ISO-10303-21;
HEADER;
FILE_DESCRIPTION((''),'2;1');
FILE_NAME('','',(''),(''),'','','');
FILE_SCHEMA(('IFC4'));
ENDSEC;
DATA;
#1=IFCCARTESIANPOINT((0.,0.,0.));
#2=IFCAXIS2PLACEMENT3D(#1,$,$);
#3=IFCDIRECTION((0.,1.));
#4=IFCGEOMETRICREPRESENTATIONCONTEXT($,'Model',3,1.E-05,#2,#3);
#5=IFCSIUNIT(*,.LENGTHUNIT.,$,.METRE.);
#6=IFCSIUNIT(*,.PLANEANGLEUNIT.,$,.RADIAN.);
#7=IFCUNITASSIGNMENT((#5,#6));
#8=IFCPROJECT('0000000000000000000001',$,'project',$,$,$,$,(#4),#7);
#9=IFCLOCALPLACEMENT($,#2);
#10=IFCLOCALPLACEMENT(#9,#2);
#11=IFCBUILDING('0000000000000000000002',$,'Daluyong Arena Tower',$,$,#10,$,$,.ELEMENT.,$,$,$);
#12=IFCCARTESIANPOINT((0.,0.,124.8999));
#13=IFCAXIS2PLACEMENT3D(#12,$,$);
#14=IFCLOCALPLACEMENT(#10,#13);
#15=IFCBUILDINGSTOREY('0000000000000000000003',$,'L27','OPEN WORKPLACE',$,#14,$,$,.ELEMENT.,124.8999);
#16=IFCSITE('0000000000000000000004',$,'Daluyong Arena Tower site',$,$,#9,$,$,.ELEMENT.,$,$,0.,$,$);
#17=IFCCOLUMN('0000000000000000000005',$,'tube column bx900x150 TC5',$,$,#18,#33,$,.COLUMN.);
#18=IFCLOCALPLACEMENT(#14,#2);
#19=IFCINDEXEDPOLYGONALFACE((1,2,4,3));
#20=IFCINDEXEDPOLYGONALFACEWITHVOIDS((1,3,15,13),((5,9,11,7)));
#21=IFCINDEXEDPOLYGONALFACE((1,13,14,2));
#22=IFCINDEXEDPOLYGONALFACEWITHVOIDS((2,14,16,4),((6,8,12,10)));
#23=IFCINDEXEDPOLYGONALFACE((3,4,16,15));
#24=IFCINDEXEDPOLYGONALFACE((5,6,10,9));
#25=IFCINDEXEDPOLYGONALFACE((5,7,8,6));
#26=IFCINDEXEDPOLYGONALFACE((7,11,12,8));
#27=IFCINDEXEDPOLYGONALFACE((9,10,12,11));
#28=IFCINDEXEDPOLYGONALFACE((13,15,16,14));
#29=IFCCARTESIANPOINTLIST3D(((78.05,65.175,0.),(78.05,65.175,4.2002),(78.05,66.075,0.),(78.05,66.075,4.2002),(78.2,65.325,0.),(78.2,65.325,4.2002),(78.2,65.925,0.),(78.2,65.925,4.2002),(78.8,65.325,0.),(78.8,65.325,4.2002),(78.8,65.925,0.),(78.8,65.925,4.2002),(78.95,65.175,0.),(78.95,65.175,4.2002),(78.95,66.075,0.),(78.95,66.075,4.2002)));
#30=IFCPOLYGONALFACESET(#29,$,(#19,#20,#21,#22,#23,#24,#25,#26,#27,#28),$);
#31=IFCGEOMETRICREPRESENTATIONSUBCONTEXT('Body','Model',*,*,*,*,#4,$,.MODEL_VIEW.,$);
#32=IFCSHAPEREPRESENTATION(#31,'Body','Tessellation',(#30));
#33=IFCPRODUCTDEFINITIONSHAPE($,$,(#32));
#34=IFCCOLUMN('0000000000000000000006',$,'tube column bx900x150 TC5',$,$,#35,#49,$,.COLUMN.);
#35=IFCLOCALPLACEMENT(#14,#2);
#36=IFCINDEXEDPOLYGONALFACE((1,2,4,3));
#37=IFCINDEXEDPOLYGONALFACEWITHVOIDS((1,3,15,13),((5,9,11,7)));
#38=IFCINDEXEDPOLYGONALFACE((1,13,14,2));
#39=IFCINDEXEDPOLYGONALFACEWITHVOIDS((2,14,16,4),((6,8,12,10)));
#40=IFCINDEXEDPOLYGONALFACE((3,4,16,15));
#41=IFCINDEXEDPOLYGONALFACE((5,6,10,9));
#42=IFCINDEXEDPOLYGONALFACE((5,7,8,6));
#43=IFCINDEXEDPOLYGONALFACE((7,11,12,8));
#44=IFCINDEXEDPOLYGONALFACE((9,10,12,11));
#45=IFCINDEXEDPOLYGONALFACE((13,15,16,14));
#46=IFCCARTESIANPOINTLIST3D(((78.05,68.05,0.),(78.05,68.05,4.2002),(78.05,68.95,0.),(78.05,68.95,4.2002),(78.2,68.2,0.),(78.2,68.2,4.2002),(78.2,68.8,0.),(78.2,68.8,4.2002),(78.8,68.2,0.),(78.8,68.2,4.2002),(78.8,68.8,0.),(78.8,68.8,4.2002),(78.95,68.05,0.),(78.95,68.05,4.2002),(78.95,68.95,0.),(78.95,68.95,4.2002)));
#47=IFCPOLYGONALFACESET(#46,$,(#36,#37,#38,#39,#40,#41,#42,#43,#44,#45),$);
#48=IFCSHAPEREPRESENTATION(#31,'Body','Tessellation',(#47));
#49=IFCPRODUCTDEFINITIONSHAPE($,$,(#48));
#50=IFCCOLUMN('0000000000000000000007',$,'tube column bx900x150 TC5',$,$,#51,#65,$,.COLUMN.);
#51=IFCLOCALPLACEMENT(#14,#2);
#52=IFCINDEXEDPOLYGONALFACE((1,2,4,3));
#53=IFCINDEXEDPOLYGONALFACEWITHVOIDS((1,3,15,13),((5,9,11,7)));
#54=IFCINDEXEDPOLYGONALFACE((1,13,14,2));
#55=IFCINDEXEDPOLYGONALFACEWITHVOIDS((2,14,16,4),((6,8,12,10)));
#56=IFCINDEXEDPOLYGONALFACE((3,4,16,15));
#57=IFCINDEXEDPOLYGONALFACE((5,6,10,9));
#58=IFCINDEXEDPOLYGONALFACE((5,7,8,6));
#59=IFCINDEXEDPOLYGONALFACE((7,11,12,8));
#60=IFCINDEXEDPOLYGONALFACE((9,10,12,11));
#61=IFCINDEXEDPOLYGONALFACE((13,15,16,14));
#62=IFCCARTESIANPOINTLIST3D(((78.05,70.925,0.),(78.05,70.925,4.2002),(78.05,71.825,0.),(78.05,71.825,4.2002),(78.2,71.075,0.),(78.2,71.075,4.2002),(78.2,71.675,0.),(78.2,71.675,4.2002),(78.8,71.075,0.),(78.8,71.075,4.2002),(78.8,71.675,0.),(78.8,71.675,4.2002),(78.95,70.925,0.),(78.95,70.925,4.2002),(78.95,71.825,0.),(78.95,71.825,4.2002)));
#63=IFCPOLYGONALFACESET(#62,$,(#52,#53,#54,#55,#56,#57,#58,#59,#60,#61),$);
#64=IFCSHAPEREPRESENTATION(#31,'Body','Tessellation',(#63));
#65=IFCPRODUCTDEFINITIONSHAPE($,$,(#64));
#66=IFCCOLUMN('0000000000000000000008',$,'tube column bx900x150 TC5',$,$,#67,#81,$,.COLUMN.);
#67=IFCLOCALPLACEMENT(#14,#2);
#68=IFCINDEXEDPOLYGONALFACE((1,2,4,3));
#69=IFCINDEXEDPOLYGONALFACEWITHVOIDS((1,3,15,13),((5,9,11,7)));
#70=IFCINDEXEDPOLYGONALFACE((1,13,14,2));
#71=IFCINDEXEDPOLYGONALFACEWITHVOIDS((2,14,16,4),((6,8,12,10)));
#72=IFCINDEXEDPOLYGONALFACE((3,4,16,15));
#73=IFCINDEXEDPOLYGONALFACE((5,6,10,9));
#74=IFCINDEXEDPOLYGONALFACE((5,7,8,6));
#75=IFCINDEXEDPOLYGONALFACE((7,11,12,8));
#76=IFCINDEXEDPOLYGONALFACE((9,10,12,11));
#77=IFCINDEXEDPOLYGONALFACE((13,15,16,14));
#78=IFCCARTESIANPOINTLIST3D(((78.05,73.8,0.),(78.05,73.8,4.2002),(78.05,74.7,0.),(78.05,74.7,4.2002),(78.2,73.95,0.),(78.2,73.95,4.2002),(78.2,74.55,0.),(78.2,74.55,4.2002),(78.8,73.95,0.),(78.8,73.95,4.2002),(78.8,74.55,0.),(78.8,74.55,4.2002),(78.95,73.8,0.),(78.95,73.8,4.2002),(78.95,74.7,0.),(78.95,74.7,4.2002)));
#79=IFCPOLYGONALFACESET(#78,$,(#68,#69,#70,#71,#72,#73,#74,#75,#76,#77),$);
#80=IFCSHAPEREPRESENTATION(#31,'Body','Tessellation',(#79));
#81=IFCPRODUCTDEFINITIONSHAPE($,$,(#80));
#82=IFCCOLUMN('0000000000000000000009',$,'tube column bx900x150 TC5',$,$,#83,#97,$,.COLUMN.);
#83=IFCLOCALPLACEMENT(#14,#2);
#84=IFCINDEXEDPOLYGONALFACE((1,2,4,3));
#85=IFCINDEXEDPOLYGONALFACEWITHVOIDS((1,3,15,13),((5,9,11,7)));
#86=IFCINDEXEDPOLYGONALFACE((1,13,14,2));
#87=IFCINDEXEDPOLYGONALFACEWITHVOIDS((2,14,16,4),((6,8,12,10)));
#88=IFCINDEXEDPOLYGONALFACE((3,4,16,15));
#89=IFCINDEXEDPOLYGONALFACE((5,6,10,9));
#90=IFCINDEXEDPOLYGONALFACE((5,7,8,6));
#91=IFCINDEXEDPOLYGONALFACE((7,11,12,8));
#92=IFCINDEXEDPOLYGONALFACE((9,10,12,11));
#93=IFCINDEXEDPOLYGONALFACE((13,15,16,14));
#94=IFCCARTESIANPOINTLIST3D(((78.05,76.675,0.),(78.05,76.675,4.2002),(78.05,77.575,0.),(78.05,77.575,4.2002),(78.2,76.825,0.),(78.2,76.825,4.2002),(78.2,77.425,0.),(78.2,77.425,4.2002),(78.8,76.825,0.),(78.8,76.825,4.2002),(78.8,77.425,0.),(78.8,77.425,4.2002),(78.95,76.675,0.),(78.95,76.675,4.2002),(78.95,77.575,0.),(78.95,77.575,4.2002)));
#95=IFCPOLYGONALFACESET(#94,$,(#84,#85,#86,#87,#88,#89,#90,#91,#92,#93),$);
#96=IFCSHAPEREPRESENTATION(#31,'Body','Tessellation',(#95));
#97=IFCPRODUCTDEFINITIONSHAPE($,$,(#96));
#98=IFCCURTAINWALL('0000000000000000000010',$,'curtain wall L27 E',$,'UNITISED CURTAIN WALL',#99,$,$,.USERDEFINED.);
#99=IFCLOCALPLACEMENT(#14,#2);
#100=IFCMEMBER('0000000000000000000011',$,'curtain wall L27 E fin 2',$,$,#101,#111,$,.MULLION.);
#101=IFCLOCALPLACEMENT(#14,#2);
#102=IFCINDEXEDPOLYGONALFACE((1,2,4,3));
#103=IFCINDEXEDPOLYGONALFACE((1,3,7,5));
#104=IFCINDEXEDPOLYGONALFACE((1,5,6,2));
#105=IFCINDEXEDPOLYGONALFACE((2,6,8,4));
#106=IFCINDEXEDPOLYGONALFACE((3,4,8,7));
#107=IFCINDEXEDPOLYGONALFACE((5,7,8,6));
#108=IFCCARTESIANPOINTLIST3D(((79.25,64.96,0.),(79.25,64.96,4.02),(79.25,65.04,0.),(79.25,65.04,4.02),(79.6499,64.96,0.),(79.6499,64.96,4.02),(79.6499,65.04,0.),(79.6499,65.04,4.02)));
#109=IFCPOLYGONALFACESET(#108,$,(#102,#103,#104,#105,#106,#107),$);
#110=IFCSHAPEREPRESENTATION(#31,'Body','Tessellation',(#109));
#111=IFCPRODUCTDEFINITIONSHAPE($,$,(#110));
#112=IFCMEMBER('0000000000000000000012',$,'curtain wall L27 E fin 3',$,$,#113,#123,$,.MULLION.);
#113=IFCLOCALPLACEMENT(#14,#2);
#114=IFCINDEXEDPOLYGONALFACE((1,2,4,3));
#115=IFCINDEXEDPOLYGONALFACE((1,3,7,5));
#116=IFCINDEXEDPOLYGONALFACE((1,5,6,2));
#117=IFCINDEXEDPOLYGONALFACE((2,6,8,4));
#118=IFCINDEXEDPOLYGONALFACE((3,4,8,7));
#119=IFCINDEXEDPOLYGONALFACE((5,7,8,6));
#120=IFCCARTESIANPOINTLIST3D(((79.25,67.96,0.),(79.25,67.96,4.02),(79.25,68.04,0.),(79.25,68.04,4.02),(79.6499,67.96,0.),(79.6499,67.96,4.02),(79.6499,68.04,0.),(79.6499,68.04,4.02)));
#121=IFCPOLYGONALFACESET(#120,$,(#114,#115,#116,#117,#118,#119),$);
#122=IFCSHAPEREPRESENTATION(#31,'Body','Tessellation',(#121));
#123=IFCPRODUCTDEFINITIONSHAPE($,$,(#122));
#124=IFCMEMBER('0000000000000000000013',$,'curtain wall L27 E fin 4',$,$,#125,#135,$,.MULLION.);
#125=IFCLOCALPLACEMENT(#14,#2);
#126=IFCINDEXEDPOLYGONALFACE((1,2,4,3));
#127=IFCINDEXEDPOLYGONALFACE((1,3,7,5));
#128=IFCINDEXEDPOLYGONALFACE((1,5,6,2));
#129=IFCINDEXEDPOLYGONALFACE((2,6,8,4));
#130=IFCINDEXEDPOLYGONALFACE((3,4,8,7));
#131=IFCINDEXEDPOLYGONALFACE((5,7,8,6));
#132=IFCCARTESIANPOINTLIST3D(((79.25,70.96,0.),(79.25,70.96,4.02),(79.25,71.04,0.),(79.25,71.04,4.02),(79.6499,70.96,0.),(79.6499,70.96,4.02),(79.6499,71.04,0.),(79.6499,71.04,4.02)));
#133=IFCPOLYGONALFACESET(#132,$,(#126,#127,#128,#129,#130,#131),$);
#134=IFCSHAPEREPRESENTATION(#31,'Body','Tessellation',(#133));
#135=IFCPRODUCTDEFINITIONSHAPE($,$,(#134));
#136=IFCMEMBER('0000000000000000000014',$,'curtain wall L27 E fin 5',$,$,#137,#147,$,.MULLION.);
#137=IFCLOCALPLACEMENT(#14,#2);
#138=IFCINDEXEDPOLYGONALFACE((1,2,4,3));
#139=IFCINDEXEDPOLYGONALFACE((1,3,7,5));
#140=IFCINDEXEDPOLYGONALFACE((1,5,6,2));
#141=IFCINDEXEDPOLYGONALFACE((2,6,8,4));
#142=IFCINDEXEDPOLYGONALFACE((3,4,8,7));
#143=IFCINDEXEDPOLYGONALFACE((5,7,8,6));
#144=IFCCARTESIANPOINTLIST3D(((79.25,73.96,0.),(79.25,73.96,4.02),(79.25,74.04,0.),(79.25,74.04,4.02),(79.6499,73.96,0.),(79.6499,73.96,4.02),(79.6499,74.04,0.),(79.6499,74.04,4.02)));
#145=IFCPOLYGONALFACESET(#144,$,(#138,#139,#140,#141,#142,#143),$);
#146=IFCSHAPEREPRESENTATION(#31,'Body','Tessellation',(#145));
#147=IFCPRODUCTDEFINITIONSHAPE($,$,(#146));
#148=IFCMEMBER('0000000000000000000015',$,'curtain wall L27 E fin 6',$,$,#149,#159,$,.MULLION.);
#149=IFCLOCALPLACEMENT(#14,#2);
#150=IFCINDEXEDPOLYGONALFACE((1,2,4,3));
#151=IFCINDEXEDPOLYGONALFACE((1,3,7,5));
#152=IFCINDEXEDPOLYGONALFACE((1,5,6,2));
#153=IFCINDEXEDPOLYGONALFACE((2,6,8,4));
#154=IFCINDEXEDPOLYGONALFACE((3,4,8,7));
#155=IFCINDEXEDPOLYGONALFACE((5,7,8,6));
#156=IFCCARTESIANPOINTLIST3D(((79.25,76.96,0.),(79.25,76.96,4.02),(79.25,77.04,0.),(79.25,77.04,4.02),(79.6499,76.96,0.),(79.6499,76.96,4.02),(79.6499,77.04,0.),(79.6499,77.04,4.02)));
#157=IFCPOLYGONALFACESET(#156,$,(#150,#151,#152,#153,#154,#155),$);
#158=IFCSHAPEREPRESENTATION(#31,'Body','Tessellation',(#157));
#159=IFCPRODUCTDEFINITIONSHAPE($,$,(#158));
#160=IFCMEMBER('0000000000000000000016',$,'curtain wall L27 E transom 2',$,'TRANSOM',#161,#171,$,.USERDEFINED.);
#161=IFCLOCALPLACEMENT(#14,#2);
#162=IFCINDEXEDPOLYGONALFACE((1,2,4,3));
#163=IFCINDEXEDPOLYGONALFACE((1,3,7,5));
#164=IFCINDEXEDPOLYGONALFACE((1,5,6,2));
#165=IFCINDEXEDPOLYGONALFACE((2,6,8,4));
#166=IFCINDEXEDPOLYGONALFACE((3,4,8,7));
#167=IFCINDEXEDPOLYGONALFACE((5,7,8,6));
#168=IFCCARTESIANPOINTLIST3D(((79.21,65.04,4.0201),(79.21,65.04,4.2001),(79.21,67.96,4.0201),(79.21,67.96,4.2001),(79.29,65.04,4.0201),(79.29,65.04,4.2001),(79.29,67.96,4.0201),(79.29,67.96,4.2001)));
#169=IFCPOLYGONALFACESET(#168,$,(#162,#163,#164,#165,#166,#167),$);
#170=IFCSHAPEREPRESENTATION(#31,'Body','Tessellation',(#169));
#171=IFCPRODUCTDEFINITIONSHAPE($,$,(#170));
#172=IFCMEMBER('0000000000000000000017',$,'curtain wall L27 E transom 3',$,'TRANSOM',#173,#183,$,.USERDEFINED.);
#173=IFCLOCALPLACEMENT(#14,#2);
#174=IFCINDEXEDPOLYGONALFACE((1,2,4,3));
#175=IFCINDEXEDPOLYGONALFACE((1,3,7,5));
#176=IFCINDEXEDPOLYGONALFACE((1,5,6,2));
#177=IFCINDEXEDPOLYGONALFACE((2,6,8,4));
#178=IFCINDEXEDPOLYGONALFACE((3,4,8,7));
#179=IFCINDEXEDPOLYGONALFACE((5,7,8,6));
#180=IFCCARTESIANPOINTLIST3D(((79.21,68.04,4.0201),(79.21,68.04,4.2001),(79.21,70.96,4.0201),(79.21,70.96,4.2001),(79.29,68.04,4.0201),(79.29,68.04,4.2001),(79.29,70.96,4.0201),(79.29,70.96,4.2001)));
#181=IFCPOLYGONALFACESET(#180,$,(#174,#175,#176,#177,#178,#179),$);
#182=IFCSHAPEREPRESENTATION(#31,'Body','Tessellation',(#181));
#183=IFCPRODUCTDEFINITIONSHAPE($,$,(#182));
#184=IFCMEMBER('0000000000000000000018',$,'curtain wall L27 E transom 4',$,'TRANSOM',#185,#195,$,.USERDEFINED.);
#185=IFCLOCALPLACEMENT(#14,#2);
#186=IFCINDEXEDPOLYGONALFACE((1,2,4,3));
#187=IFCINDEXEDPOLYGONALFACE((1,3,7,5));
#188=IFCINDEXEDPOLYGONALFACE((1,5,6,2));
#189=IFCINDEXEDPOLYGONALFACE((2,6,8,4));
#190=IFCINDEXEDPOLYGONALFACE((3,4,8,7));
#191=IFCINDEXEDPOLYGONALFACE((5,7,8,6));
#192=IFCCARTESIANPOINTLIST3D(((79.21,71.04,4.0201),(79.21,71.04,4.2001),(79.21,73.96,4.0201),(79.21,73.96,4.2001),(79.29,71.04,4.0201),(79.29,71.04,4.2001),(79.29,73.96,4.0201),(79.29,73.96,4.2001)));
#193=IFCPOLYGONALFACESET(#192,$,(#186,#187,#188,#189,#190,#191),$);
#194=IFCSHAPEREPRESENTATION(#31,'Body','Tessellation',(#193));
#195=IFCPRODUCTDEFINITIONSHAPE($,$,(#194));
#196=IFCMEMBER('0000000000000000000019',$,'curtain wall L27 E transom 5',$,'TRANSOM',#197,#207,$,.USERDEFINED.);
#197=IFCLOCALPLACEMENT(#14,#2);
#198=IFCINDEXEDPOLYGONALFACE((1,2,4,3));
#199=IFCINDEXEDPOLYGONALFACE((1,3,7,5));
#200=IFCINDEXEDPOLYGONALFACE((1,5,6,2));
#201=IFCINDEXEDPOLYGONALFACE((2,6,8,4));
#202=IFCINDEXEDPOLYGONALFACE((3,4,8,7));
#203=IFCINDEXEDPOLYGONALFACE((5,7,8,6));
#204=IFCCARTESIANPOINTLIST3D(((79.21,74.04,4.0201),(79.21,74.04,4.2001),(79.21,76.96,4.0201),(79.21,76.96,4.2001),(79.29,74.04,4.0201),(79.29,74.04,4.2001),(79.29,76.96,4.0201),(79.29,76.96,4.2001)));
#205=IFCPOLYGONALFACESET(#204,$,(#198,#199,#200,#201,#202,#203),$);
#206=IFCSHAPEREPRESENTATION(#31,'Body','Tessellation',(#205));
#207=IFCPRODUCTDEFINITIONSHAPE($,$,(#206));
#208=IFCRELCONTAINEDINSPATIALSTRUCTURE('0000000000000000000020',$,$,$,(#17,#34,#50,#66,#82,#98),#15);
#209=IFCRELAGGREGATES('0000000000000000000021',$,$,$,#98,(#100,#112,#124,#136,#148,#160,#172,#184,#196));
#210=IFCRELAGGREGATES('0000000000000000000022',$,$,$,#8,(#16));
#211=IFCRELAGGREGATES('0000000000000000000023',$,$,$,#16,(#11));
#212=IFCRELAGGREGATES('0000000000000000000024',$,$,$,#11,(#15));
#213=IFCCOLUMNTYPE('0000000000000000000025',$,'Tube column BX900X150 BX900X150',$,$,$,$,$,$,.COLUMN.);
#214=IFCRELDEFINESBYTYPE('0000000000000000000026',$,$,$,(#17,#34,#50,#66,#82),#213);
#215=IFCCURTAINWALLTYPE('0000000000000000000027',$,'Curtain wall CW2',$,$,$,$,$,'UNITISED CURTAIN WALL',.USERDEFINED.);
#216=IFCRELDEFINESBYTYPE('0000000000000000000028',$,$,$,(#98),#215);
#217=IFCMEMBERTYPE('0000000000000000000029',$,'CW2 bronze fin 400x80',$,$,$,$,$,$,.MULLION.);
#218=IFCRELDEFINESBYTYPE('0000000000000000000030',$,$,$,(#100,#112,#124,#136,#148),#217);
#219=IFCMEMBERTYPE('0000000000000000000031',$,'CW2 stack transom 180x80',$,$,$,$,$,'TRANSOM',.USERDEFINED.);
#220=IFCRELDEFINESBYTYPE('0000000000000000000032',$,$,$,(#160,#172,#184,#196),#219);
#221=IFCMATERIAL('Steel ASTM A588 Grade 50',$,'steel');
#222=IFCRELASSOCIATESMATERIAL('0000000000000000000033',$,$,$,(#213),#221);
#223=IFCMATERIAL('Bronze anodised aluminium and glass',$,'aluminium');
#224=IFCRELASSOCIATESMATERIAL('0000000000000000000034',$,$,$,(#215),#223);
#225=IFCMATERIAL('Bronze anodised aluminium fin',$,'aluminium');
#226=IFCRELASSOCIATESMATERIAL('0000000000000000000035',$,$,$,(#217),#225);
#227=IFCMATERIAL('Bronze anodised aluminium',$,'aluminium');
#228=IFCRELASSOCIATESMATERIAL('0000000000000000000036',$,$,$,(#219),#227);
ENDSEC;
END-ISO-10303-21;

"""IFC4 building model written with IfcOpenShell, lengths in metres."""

from ifc_helpers import new_model, si_unit, direction, frame, origin, origin_2d, place, context, subcontext, project, spatial, rectangle, hollow_rectangle, extrude, material, material_profile, profile_set, type_object, element, aggregate, save


model = new_model("IFC4")

# Units and contexts
model_context = context("Model", 3, precision=1e-05, world=origin(), true_north=direction((0.0, 1.0)))
body_context = subcontext(model_context, "Body", "Model", "MODEL_VIEW")
ifc_project = project(units=[si_unit("LENGTHUNIT", "METRE"), si_unit("PLANEANGLEUNIT", "RADIAN")], contexts=[model_context])

# Site, building, storey
site_placement = place(None, origin())
site = spatial("IfcSite", under=ifc_project, at=site_placement, Name="Daluyong Arena Tower site", CompositionType="ELEMENT", RefElevation=0.0)
building_placement = place(site_placement, origin())
building = spatial("IfcBuilding", under=site, at=building_placement, Name="Daluyong Arena Tower", CompositionType="ELEMENT")
storey_placement = place(building_placement, frame((0.0, 0.0, 124.8999)))
storey = spatial("IfcBuildingStorey", under=building, at=storey_placement, Name="L27", Description="OPEN WORKPLACE", CompositionType="ELEMENT", Elevation=124.8999)

# Columns
ifc_material_1 = material(Name="Steel ASTM A588 Grade 50", Category="steel")
ifc_material_profile_1 = material_profile(ifc_material_1, hollow_rectangle(XDim=0.8999, YDim=0.8999, WallThickness=0.15, at=origin_2d()))
ifc_profile_set_1 = profile_set([ifc_material_profile_1], Name="Steel ASTM A588 Grade 50")
column_type = type_object("IfcColumnType", Name="Tube column BX900X150 BX900X150", PredefinedType="COLUMN", material=ifc_profile_set_1)
for number, where, z_axis, x_axis, name in (
    (1, (78.5, 65.625, 0.0), (0.0, 0.0, 1.0), (0.0, 1.0, 0.0), "tube column bx900x150 TC5"),
    (2, (78.5, 68.5, 0.0), (0.0, 0.0, 1.0), (0.0, 1.0, 0.0), "tube column bx900x150 TC5"),
    (3, (78.5, 71.375, 0.0), (0.0, 0.0, 1.0), (0.0, 1.0, 0.0), "tube column bx900x150 TC5"),
    (4, (78.5, 74.25, 0.0), (0.0, 0.0, 1.0), (0.0, 1.0, 0.0), "tube column bx900x150 TC5"),
    (5, (78.5, 77.125, 0.0), (0.0, 0.0, 1.0), (0.0, 1.0, 0.0), "tube column bx900x150 TC5"),
):
    element("IfcColumn", number, at=place(storey_placement, frame(where, z_axis=z_axis, x_axis=x_axis)), inside=storey, type_object=column_type, Name=name, PredefinedType="COLUMN", context=body_context, shape_type="SweptSolid", body=[
        extrude(hollow_rectangle(XDim=0.8999, YDim=0.8999, WallThickness=0.15, at=origin_2d()), origin(), (0.0, 0.0, 1.0), 4.2002),
    ])

# Curtain wall, members
ifc_material_2 = material(Name="Bronze anodised aluminium and glass", Category="aluminium")
curtain_wall_type = type_object("IfcCurtainWallType", Name="Curtain wall CW2", ElementType="UNITISED CURTAIN WALL", PredefinedType="USERDEFINED", material=ifc_material_2)
curtain_wall_placement = place(storey_placement, origin())
curtain_wall = element("IfcCurtainWall", 6, at=curtain_wall_placement, inside=storey, type_object=curtain_wall_type, Name="curtain wall L27 E", ObjectType="UNITISED CURTAIN WALL", PredefinedType="USERDEFINED")
ifc_material_3 = material(Name="Bronze anodised aluminium fin", Category="aluminium")
ifc_material_profile_2 = material_profile(ifc_material_3, rectangle(XDim=0.3999, YDim=0.0801, at=origin_2d()))
ifc_profile_set_2 = profile_set([ifc_material_profile_2], Name="Bronze anodised aluminium fin")
member_type_1 = type_object("IfcMemberType", Name="CW2 bronze fin 400x80", PredefinedType="MULLION", material=ifc_profile_set_2)
member_1_placement = place(storey_placement, frame((79.45, 65.0, 0.0), z_axis=(0.0, 0.0, 1.0), x_axis=(-1.0, 0.0, 0.0)))
member_1 = element("IfcMember", 7, at=member_1_placement, type_object=member_type_1, Name="curtain wall L27 E fin 2", PredefinedType="MULLION", context=body_context, shape_type="SweptSolid", body=[
    extrude(rectangle(XDim=0.3999, YDim=0.0801, at=origin_2d()), origin(), (0.0, 0.0, 1.0), 4.02),
])
member_2_placement = place(storey_placement, frame((79.45, 68.0, 0.0), z_axis=(0.0, 0.0, 1.0), x_axis=(-1.0, 0.0, 0.0)))
member_2 = element("IfcMember", 8, at=member_2_placement, type_object=member_type_1, Name="curtain wall L27 E fin 3", PredefinedType="MULLION", context=body_context, shape_type="SweptSolid", body=[
    extrude(rectangle(XDim=0.3999, YDim=0.0801, at=origin_2d()), origin(), (0.0, 0.0, 1.0), 4.02),
])
member_3_placement = place(storey_placement, frame((79.45, 71.0, 0.0), z_axis=(0.0, 0.0, 1.0), x_axis=(-1.0, 0.0, 0.0)))
member_3 = element("IfcMember", 9, at=member_3_placement, type_object=member_type_1, Name="curtain wall L27 E fin 4", PredefinedType="MULLION", context=body_context, shape_type="SweptSolid", body=[
    extrude(rectangle(XDim=0.3999, YDim=0.0801, at=origin_2d()), origin(), (0.0, 0.0, 1.0), 4.02),
])
member_4_placement = place(storey_placement, frame((79.45, 74.0, 0.0), z_axis=(0.0, 0.0, 1.0), x_axis=(-1.0, 0.0, 0.0)))
member_4 = element("IfcMember", 10, at=member_4_placement, type_object=member_type_1, Name="curtain wall L27 E fin 5", PredefinedType="MULLION", context=body_context, shape_type="SweptSolid", body=[
    extrude(rectangle(XDim=0.3999, YDim=0.0801, at=origin_2d()), origin(), (0.0, 0.0, 1.0), 4.02),
])
member_5_placement = place(storey_placement, frame((79.45, 77.0, 0.0), z_axis=(0.0, 0.0, 1.0), x_axis=(-1.0, 0.0, 0.0)))
member_5 = element("IfcMember", 11, at=member_5_placement, type_object=member_type_1, Name="curtain wall L27 E fin 6", PredefinedType="MULLION", context=body_context, shape_type="SweptSolid", body=[
    extrude(rectangle(XDim=0.3999, YDim=0.0801, at=origin_2d()), origin(), (0.0, 0.0, 1.0), 4.02),
])
ifc_material_4 = material(Name="Bronze anodised aluminium", Category="aluminium")
ifc_material_profile_3 = material_profile(ifc_material_4, rectangle(XDim=0.0801, YDim=0.1799, at=origin_2d()))
ifc_profile_set_3 = profile_set([ifc_material_profile_3], Name="Bronze anodised aluminium")
member_type_2 = type_object("IfcMemberType", Name="CW2 stack transom 180x80", ElementType="TRANSOM", PredefinedType="USERDEFINED", material=ifc_profile_set_3)
member_6_placement = place(storey_placement, frame((79.25, 65.04, 4.1101), z_axis=(0.0, 1.0, 0.0), x_axis=(-1.0, 0.0, 0.0)))
member_6 = element("IfcMember", 12, at=member_6_placement, type_object=member_type_2, Name="curtain wall L27 E transom 2", ObjectType="TRANSOM", PredefinedType="USERDEFINED", context=body_context, shape_type="SweptSolid", body=[
    extrude(rectangle(XDim=0.0801, YDim=0.1799, at=origin_2d()), origin(), (0.0, 0.0, 1.0), 2.9199),
])
member_7_placement = place(storey_placement, frame((79.25, 68.04, 4.1101), z_axis=(0.0, 1.0, 0.0), x_axis=(-1.0, 0.0, 0.0)))
member_7 = element("IfcMember", 13, at=member_7_placement, type_object=member_type_2, Name="curtain wall L27 E transom 3", ObjectType="TRANSOM", PredefinedType="USERDEFINED", context=body_context, shape_type="SweptSolid", body=[
    extrude(rectangle(XDim=0.0801, YDim=0.1799, at=origin_2d()), origin(), (0.0, 0.0, 1.0), 2.9199),
])
member_8_placement = place(storey_placement, frame((79.25, 71.04, 4.1101), z_axis=(0.0, 1.0, 0.0), x_axis=(-1.0, 0.0, 0.0)))
member_8 = element("IfcMember", 14, at=member_8_placement, type_object=member_type_2, Name="curtain wall L27 E transom 4", ObjectType="TRANSOM", PredefinedType="USERDEFINED", context=body_context, shape_type="SweptSolid", body=[
    extrude(rectangle(XDim=0.0801, YDim=0.1799, at=origin_2d()), origin(), (0.0, 0.0, 1.0), 2.9199),
])
member_9_placement = place(storey_placement, frame((79.25, 74.04, 4.1101), z_axis=(0.0, 1.0, 0.0), x_axis=(-1.0, 0.0, 0.0)))
member_9 = element("IfcMember", 15, at=member_9_placement, type_object=member_type_2, Name="curtain wall L27 E transom 5", ObjectType="TRANSOM", PredefinedType="USERDEFINED", context=body_context, shape_type="SweptSolid", body=[
    extrude(rectangle(XDim=0.0801, YDim=0.1799, at=origin_2d()), origin(), (0.0, 0.0, 1.0), 2.9199),
])

aggregate(curtain_wall, [member_1, member_2, member_3, member_4, member_5, member_6, member_7, member_8, member_9])

save(model, "model.ifc")
